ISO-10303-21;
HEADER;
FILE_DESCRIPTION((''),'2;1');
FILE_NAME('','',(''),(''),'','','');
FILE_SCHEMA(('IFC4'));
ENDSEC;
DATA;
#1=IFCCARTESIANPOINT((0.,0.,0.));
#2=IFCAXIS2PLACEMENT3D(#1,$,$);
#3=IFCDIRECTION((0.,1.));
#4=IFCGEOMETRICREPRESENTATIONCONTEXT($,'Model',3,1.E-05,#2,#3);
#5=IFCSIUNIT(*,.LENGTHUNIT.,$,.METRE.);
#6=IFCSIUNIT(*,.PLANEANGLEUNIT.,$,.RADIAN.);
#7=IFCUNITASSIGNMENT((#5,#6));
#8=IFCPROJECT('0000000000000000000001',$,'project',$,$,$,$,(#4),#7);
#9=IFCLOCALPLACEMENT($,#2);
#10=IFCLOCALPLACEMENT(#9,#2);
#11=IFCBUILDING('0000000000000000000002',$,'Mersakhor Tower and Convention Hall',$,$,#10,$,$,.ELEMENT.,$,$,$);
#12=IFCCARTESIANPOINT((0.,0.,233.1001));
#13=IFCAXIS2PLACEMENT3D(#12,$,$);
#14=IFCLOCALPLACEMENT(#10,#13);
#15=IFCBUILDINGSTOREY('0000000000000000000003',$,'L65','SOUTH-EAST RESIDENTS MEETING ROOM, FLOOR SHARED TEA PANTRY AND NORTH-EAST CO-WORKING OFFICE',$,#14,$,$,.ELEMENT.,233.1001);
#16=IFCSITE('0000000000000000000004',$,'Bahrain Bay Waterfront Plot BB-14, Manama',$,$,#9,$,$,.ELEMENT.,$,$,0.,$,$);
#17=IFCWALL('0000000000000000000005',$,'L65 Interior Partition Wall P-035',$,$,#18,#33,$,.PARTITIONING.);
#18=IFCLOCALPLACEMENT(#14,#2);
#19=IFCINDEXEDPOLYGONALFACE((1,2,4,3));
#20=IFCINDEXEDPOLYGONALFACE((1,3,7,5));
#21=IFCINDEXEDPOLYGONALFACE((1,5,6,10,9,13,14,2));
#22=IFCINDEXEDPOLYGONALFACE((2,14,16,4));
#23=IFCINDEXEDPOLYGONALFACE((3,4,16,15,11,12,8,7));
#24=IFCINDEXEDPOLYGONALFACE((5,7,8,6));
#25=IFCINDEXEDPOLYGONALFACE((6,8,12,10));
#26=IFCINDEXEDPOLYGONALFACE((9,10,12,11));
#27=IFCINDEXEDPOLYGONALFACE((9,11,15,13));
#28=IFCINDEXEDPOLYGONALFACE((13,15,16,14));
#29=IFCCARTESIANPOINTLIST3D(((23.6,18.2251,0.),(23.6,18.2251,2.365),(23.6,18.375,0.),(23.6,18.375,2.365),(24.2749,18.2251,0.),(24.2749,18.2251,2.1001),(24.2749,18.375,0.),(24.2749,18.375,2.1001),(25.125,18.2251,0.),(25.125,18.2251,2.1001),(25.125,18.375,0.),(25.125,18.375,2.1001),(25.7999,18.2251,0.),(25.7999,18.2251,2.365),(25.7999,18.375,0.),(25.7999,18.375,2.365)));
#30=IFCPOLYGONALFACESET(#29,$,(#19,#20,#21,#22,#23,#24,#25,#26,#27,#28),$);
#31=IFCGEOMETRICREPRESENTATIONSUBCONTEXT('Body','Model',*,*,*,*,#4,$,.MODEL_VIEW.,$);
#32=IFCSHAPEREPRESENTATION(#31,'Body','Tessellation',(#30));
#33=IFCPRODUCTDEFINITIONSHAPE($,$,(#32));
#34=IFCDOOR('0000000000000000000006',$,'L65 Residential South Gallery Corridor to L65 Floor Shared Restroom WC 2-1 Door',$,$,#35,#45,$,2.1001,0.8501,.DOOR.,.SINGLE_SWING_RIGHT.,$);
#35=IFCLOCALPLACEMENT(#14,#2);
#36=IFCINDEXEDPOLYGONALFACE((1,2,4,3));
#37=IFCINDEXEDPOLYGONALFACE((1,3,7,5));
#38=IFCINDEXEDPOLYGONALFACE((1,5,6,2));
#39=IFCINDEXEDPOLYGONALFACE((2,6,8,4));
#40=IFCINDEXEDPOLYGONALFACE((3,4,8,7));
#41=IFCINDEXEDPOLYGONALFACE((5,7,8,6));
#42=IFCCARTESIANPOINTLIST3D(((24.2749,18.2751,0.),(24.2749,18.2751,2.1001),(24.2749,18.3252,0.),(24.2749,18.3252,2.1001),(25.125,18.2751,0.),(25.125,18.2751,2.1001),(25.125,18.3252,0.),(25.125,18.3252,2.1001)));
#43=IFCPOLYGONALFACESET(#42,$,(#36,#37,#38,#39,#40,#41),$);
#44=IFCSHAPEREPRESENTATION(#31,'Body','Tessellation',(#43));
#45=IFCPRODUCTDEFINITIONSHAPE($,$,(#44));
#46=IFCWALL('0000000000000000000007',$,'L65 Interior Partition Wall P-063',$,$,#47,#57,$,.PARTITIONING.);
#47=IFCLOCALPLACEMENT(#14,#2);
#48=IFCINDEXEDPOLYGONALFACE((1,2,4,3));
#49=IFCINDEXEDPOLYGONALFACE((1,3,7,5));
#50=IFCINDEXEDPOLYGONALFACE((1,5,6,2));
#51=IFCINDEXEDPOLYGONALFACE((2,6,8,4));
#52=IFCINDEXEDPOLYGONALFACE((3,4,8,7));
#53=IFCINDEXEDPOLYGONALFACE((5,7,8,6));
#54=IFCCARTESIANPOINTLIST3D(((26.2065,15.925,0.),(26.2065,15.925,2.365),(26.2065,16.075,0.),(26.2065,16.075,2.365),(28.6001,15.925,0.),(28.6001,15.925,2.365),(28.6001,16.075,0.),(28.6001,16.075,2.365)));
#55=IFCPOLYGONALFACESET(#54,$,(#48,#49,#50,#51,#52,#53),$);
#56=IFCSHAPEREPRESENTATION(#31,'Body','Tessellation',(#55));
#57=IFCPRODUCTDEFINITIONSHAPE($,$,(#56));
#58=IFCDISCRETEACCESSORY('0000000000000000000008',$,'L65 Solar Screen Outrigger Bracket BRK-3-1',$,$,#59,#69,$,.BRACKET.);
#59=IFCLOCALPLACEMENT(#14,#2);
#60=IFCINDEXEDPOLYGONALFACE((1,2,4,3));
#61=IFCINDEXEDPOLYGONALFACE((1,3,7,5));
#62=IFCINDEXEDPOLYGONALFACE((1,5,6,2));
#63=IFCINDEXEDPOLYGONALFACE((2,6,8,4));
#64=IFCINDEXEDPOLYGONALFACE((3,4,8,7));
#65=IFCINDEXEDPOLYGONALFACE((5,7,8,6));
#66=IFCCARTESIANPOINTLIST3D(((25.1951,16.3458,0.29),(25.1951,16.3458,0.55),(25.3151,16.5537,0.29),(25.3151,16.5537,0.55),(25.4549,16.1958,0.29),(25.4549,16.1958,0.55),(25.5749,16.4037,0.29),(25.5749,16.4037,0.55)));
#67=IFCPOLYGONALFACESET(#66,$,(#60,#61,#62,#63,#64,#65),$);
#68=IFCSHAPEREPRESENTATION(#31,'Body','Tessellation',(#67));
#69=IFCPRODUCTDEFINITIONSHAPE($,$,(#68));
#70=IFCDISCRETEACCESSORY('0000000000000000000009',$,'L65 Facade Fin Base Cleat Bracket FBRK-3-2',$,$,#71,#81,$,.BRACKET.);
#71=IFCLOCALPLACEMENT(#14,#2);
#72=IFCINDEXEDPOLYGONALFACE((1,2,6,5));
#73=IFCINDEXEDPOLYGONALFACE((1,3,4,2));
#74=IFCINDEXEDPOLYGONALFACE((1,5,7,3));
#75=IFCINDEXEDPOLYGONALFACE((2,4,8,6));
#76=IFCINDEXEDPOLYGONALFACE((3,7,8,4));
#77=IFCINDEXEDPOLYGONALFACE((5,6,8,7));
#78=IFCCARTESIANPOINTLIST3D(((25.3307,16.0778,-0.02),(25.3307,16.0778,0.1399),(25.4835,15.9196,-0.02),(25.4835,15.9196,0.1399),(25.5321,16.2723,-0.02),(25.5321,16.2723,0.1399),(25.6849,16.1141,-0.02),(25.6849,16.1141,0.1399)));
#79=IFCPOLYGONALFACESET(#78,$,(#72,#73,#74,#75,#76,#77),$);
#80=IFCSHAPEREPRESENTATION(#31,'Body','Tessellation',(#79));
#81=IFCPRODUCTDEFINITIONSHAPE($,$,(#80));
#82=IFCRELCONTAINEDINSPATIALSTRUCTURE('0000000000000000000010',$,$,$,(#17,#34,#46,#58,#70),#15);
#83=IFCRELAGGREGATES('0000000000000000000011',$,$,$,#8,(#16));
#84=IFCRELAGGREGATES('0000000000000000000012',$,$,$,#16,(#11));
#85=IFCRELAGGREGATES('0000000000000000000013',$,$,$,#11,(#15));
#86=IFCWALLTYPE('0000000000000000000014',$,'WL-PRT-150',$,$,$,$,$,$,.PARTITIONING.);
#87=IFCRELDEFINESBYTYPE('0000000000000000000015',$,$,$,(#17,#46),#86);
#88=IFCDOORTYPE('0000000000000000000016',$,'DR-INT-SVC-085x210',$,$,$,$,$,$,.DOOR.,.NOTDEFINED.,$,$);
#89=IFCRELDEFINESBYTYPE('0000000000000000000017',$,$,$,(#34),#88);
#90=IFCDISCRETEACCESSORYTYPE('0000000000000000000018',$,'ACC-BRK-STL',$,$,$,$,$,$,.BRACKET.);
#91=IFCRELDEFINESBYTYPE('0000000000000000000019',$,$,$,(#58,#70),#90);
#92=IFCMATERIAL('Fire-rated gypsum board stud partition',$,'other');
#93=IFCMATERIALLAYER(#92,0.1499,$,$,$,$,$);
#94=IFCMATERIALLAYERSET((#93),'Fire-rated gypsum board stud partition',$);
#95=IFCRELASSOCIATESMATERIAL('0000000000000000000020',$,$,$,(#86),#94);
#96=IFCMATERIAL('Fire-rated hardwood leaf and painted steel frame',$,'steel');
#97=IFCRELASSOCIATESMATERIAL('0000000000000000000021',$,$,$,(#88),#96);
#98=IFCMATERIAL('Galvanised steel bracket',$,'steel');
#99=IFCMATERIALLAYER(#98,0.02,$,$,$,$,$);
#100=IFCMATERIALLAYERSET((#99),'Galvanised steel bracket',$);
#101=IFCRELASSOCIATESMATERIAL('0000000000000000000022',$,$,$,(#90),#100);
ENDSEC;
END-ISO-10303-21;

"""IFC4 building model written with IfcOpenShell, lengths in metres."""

from ifc_helpers import new_model, si_unit, direction, frame, frame_2d, origin, origin_2d, place, context, subcontext, project, spatial, rectangle, extrude, material, layer, layer_set, type_object, element, fill, save


model = new_model("IFC4")

# Units and contexts
model_context = context("Model", 3, precision=1e-05, world=origin(), true_north=direction((0.0, 1.0)))
body_context = subcontext(model_context, "Body", "Model", "MODEL_VIEW")
ifc_project = project(units=[si_unit("LENGTHUNIT", "METRE"), si_unit("PLANEANGLEUNIT", "RADIAN")], contexts=[model_context])

# Site, building, storey
site_placement = place(None, origin())
site = spatial("IfcSite", under=ifc_project, at=site_placement, Name="Bahrain Bay Waterfront Plot BB-14, Manama", CompositionType="ELEMENT", RefElevation=0.0)
building_placement = place(site_placement, origin())
building = spatial("IfcBuilding", under=site, at=building_placement, Name="Mersakhor Tower and Convention Hall", CompositionType="ELEMENT")
storey_placement = place(building_placement, frame((0.0, 0.0, 233.1001)))
storey = spatial("IfcBuildingStorey", under=building, at=storey_placement, Name="L65", Description="SOUTH-EAST RESIDENTS MEETING ROOM, FLOOR SHARED TEA PANTRY AND NORTH-EAST CO-WORKING OFFICE", CompositionType="ELEMENT", Elevation=233.1001)

# Wall, opening, door
ifc_material_1 = material(Name="Fire-rated gypsum board stud partition", Category="other")
ifc_layer_1 = layer(ifc_material_1, 0.1499)
ifc_layer_set_1 = layer_set([ifc_layer_1], Name="Fire-rated gypsum board stud partition")
wall_type_1 = type_object("IfcWallType", Name="WL-PRT-150", PredefinedType="PARTITIONING", material=ifc_layer_set_1)
wall_1_placement = place(storey_placement, frame((25.8, 18.3, 0.0), z_axis=(0.0, 0.0, 1.0), x_axis=(-1.0, 0.0, 0.0)))
wall_1 = element("IfcWall", 1, at=wall_1_placement, inside=storey, type_object=wall_type_1, Name="L65 Interior Partition Wall P-035", PredefinedType="PARTITIONING", context=body_context, shape_type="SweptSolid", body=[
    extrude(rectangle(XDim=2.2, YDim=0.1499, at=frame_2d((1.1001, 0.0))), origin(), (0.0, 0.0, 1.0), 2.365),
])
opening_1_placement = place(wall_1_placement, frame((0.675, 0.0, 0.0)))
opening_1 = element("IfcOpeningElement", 2, at=opening_1_placement, cuts=wall_1, PredefinedType="OPENING", context=body_context, shape_type="SweptSolid", body=[
    extrude(rectangle(XDim=0.8501, YDim=2.1001, at=frame_2d((0.425, 1.05))), frame((0.0, 0.085, 0.0), z_axis=(0.0, -1.0, 0.0), x_axis=(1.0, 0.0, 0.0)), (0.0, 0.0, 1.0), 0.1699),
])
ifc_material_2 = material(Name="Fire-rated hardwood leaf and painted steel frame", Category="steel")
door_type_1 = type_object("IfcDoorType", Name="DR-INT-SVC-085x210", OperationType="NOTDEFINED", PredefinedType="DOOR", material=ifc_material_2)
door_1_placement = place(opening_1_placement, origin())
door_1 = element("IfcDoor", 3, at=door_1_placement, inside=storey, type_object=door_type_1, Name="L65 Residential South Gallery Corridor to L65 Floor Shared Restroom WC 2-1 Door", OperationType="SINGLE_SWING_RIGHT", OverallHeight=2.1001, OverallWidth=0.8501, PredefinedType="DOOR", context=body_context, shape_type="SweptSolid", body=[
    extrude(rectangle(XDim=0.8501, YDim=2.1001, at=frame_2d((0.425, 1.05))), frame((0.0, 0.0249, 0.0), z_axis=(0.0, -1.0, 0.0), x_axis=(1.0, 0.0, 0.0)), (0.0, 0.0, 1.0), 0.05),
])
fill(opening_1, door_1)

# Wall
wall_2_placement = place(storey_placement, frame((28.6001, 16.0, 0.0), z_axis=(0.0, 0.0, 1.0), x_axis=(-1.0, 0.0, 0.0)))
element("IfcWall", 4, at=wall_2_placement, inside=storey, type_object=wall_type_1, Name="L65 Interior Partition Wall P-063", PredefinedType="PARTITIONING", context=body_context, shape_type="SweptSolid", body=[
    extrude(rectangle(XDim=2.3936, YDim=0.1499, at=frame_2d((1.1968, 0.0))), origin(), (0.0, 0.0, 1.0), 2.365),
])

# Discrete accessories
ifc_material_3 = material(Name="Galvanised steel bracket", Category="steel")
ifc_layer_2 = layer(ifc_material_3, 0.02)
ifc_layer_set_2 = layer_set([ifc_layer_2], Name="Galvanised steel bracket")
discrete_accessory_type = type_object("IfcDiscreteAccessoryType", Name="ACC-BRK-STL", PredefinedType="BRACKET", material=ifc_layer_set_2)
discrete_accessory_1_placement = place(storey_placement, frame((25.385, 16.3748, 0.29), z_axis=(0.0, 0.0, 1.0), x_axis=(-0.866025, 0.5, 0.0)))
element("IfcDiscreteAccessory", 5, at=discrete_accessory_1_placement, inside=storey, type_object=discrete_accessory_type, Name="L65 Solar Screen Outrigger Bracket BRK-3-1", PredefinedType="BRACKET", context=body_context, shape_type="SweptSolid", body=[
    extrude(rectangle(XDim=0.3, YDim=0.24, at=origin_2d()), origin(), (0.0, 0.0, 1.0), 0.26),
])
discrete_accessory_2_placement = place(storey_placement, frame((25.5078, 16.0959, -0.02), z_axis=(0.0, 0.0, 1.0), x_axis=(-0.71934, -0.694658, 0.0)))
element("IfcDiscreteAccessory", 6, at=discrete_accessory_2_placement, inside=storey, type_object=discrete_accessory_type, Name="L65 Facade Fin Base Cleat Bracket FBRK-3-2", PredefinedType="BRACKET", context=body_context, shape_type="SweptSolid", body=[
    extrude(rectangle(XDim=0.28, YDim=0.22, at=origin_2d()), origin(), (0.0, 0.0, 1.0), 0.1599),
])

save(model, "model.ifc")
